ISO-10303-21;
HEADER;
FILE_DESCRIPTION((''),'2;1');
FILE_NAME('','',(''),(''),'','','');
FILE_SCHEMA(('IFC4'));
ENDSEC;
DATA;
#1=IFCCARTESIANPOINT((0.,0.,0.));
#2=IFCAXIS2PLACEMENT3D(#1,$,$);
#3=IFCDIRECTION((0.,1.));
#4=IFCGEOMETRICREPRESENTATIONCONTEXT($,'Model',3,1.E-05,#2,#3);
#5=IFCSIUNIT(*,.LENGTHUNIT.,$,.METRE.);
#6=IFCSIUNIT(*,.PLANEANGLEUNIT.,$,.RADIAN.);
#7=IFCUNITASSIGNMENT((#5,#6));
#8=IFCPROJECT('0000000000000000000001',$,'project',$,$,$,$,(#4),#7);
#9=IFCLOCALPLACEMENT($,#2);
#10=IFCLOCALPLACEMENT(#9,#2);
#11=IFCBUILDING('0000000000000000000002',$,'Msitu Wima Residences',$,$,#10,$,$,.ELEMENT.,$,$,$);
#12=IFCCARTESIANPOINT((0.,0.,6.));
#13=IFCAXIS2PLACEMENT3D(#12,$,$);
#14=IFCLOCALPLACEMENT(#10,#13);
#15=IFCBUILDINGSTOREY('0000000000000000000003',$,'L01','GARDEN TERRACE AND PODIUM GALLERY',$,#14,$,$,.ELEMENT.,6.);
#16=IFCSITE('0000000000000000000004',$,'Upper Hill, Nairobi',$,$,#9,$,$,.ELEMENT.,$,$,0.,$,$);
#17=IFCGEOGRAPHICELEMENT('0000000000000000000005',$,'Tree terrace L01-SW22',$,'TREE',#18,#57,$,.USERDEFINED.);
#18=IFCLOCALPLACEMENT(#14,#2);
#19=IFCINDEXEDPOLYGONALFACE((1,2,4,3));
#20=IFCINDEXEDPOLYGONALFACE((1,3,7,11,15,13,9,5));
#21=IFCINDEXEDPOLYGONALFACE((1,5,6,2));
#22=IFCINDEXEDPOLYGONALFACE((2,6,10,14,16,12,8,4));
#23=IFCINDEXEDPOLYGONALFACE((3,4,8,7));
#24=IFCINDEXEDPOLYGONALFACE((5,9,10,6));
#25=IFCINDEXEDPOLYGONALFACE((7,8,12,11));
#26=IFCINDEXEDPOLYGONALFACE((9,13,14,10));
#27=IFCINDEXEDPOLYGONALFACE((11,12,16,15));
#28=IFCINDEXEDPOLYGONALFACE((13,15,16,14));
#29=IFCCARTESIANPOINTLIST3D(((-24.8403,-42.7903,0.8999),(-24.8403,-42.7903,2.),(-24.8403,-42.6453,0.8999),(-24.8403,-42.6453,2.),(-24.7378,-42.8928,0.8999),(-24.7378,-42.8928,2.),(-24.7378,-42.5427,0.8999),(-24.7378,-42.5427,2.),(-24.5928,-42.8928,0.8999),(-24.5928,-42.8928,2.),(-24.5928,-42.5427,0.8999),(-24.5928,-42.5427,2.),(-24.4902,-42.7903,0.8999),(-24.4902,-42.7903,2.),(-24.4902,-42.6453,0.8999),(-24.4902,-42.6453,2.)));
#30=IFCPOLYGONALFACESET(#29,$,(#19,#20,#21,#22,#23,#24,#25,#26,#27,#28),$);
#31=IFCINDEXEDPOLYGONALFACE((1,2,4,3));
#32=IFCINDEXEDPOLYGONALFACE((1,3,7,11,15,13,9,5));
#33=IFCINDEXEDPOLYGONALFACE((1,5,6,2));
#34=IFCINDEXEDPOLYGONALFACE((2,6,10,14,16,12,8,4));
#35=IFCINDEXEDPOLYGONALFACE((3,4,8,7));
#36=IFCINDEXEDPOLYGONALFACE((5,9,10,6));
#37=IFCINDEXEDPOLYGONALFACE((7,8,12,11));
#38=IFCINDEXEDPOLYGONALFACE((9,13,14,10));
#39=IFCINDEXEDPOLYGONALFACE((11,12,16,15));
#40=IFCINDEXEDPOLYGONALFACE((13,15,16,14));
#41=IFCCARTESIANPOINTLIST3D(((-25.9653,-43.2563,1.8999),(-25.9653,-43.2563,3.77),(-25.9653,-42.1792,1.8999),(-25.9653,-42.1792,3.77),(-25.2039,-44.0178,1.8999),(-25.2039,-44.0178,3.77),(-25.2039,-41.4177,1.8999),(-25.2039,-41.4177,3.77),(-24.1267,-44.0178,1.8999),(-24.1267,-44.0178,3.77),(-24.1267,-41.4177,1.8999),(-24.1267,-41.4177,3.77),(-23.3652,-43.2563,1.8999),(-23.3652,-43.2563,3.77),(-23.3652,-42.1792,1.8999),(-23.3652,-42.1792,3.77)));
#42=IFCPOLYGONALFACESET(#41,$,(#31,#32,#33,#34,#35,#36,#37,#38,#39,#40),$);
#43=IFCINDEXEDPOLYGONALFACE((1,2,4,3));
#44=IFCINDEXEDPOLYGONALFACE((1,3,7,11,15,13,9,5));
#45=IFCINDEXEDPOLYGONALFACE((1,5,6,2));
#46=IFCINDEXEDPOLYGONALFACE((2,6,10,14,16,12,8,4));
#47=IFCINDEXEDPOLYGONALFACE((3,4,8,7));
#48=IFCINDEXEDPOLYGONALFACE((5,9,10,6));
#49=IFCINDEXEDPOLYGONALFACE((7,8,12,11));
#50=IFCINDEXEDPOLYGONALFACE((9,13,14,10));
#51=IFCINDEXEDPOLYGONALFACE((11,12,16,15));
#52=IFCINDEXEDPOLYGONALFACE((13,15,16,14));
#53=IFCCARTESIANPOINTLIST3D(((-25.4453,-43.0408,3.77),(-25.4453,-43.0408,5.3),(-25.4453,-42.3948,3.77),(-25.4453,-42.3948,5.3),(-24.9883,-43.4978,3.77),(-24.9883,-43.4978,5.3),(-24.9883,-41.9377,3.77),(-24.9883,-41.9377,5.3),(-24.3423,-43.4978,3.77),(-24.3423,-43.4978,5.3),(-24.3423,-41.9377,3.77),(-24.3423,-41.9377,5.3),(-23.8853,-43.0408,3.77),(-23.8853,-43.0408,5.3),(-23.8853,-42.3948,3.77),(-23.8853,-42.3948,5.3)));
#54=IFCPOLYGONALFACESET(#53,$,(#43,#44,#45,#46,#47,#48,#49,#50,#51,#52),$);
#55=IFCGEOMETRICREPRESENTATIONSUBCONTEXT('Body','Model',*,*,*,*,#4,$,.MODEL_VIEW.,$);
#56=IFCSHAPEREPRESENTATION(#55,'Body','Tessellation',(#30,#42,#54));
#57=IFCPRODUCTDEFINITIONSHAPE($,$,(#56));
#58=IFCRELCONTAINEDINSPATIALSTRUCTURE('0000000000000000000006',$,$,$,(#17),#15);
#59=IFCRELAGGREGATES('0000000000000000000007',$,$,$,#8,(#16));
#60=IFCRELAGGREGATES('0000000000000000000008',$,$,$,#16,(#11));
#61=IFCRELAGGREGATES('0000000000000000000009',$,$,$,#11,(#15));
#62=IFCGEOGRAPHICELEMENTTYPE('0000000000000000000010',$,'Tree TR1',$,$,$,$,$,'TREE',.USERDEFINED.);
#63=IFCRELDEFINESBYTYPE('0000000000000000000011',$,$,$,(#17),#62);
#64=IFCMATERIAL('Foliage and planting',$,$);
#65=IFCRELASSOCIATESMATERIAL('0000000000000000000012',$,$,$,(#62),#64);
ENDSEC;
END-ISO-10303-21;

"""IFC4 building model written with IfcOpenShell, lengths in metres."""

from ifc_helpers import new_model, si_unit, direction, frame, origin, place, context, subcontext, project, spatial, polyline, outline, extrude, material, type_object, element, save


model = new_model("IFC4")

# Units and contexts
model_context = context("Model", 3, precision=1e-05, world=origin(), true_north=direction((0.0, 1.0)))
body_context = subcontext(model_context, "Body", "Model", "MODEL_VIEW")
ifc_project = project(units=[si_unit("LENGTHUNIT", "METRE"), si_unit("PLANEANGLEUNIT", "RADIAN")], contexts=[model_context])

# Site, building, storey
site_placement = place(None, origin())
site = spatial("IfcSite", under=ifc_project, at=site_placement, Name="Upper Hill, Nairobi", CompositionType="ELEMENT", RefElevation=0.0)
building_placement = place(site_placement, origin())
building = spatial("IfcBuilding", under=site, at=building_placement, Name="Msitu Wima Residences", CompositionType="ELEMENT")
storey_placement = place(building_placement, frame((0.0, 0.0, 6.0)))
storey = spatial("IfcBuildingStorey", under=building, at=storey_placement, Name="L01", Description="GARDEN TERRACE AND PODIUM GALLERY", CompositionType="ELEMENT", Elevation=6.0)

# Geographic element
ifc_material_1 = material(Name="Foliage and planting")
geographic_element_type = type_object("IfcGeographicElementType", Name="Tree TR1", ElementType="TREE", PredefinedType="USERDEFINED", material=ifc_material_1)
for number, where, z_axis, x_axis, name in (
    (1, (-24.6653, -42.7178, 0.8999), (0.0, 0.0, 1.0), (1.0, 0.0, 0.0), "Tree terrace L01-SW22"),
):
    element("IfcGeographicElement", number, at=place(storey_placement, frame(where, z_axis=z_axis, x_axis=x_axis)), inside=storey, type_object=geographic_element_type, Name=name, ObjectType="TREE", PredefinedType="USERDEFINED", context=body_context, shape_type="SweptSolid", body=[
        extrude(outline(polyline([(0.175, 0.0725), (0.0725, 0.175), (-0.0725, 0.175), (-0.175, 0.0725), (-0.175, -0.0725), (-0.0725, -0.175), (0.0725, -0.175), (0.175, -0.0725), (0.175, 0.0725)])), origin(), (0.0, 0.0, 1.0), 1.1001),
        extrude(outline(polyline([(1.3, 0.5386), (0.5386, 1.3), (-0.5386, 1.3), (-1.3, 0.5386), (-1.3, -0.5386), (-0.5386, -1.3), (0.5386, -1.3), (1.3, -0.5386), (1.3, 0.5386)])), frame((0.0, 0.0, 1.0)), (0.0, 0.0, 1.0), 1.8701),
        extrude(outline(polyline([(0.78, 0.323), (0.323, 0.78), (-0.323, 0.78), (-0.78, 0.323), (-0.78, -0.323), (-0.323, -0.78), (0.323, -0.78), (0.78, -0.323), (0.78, 0.323)])), frame((0.0, 0.0, 2.8701)), (0.0, 0.0, 1.0), 1.53),
    ])

save(model, "model.ifc")
